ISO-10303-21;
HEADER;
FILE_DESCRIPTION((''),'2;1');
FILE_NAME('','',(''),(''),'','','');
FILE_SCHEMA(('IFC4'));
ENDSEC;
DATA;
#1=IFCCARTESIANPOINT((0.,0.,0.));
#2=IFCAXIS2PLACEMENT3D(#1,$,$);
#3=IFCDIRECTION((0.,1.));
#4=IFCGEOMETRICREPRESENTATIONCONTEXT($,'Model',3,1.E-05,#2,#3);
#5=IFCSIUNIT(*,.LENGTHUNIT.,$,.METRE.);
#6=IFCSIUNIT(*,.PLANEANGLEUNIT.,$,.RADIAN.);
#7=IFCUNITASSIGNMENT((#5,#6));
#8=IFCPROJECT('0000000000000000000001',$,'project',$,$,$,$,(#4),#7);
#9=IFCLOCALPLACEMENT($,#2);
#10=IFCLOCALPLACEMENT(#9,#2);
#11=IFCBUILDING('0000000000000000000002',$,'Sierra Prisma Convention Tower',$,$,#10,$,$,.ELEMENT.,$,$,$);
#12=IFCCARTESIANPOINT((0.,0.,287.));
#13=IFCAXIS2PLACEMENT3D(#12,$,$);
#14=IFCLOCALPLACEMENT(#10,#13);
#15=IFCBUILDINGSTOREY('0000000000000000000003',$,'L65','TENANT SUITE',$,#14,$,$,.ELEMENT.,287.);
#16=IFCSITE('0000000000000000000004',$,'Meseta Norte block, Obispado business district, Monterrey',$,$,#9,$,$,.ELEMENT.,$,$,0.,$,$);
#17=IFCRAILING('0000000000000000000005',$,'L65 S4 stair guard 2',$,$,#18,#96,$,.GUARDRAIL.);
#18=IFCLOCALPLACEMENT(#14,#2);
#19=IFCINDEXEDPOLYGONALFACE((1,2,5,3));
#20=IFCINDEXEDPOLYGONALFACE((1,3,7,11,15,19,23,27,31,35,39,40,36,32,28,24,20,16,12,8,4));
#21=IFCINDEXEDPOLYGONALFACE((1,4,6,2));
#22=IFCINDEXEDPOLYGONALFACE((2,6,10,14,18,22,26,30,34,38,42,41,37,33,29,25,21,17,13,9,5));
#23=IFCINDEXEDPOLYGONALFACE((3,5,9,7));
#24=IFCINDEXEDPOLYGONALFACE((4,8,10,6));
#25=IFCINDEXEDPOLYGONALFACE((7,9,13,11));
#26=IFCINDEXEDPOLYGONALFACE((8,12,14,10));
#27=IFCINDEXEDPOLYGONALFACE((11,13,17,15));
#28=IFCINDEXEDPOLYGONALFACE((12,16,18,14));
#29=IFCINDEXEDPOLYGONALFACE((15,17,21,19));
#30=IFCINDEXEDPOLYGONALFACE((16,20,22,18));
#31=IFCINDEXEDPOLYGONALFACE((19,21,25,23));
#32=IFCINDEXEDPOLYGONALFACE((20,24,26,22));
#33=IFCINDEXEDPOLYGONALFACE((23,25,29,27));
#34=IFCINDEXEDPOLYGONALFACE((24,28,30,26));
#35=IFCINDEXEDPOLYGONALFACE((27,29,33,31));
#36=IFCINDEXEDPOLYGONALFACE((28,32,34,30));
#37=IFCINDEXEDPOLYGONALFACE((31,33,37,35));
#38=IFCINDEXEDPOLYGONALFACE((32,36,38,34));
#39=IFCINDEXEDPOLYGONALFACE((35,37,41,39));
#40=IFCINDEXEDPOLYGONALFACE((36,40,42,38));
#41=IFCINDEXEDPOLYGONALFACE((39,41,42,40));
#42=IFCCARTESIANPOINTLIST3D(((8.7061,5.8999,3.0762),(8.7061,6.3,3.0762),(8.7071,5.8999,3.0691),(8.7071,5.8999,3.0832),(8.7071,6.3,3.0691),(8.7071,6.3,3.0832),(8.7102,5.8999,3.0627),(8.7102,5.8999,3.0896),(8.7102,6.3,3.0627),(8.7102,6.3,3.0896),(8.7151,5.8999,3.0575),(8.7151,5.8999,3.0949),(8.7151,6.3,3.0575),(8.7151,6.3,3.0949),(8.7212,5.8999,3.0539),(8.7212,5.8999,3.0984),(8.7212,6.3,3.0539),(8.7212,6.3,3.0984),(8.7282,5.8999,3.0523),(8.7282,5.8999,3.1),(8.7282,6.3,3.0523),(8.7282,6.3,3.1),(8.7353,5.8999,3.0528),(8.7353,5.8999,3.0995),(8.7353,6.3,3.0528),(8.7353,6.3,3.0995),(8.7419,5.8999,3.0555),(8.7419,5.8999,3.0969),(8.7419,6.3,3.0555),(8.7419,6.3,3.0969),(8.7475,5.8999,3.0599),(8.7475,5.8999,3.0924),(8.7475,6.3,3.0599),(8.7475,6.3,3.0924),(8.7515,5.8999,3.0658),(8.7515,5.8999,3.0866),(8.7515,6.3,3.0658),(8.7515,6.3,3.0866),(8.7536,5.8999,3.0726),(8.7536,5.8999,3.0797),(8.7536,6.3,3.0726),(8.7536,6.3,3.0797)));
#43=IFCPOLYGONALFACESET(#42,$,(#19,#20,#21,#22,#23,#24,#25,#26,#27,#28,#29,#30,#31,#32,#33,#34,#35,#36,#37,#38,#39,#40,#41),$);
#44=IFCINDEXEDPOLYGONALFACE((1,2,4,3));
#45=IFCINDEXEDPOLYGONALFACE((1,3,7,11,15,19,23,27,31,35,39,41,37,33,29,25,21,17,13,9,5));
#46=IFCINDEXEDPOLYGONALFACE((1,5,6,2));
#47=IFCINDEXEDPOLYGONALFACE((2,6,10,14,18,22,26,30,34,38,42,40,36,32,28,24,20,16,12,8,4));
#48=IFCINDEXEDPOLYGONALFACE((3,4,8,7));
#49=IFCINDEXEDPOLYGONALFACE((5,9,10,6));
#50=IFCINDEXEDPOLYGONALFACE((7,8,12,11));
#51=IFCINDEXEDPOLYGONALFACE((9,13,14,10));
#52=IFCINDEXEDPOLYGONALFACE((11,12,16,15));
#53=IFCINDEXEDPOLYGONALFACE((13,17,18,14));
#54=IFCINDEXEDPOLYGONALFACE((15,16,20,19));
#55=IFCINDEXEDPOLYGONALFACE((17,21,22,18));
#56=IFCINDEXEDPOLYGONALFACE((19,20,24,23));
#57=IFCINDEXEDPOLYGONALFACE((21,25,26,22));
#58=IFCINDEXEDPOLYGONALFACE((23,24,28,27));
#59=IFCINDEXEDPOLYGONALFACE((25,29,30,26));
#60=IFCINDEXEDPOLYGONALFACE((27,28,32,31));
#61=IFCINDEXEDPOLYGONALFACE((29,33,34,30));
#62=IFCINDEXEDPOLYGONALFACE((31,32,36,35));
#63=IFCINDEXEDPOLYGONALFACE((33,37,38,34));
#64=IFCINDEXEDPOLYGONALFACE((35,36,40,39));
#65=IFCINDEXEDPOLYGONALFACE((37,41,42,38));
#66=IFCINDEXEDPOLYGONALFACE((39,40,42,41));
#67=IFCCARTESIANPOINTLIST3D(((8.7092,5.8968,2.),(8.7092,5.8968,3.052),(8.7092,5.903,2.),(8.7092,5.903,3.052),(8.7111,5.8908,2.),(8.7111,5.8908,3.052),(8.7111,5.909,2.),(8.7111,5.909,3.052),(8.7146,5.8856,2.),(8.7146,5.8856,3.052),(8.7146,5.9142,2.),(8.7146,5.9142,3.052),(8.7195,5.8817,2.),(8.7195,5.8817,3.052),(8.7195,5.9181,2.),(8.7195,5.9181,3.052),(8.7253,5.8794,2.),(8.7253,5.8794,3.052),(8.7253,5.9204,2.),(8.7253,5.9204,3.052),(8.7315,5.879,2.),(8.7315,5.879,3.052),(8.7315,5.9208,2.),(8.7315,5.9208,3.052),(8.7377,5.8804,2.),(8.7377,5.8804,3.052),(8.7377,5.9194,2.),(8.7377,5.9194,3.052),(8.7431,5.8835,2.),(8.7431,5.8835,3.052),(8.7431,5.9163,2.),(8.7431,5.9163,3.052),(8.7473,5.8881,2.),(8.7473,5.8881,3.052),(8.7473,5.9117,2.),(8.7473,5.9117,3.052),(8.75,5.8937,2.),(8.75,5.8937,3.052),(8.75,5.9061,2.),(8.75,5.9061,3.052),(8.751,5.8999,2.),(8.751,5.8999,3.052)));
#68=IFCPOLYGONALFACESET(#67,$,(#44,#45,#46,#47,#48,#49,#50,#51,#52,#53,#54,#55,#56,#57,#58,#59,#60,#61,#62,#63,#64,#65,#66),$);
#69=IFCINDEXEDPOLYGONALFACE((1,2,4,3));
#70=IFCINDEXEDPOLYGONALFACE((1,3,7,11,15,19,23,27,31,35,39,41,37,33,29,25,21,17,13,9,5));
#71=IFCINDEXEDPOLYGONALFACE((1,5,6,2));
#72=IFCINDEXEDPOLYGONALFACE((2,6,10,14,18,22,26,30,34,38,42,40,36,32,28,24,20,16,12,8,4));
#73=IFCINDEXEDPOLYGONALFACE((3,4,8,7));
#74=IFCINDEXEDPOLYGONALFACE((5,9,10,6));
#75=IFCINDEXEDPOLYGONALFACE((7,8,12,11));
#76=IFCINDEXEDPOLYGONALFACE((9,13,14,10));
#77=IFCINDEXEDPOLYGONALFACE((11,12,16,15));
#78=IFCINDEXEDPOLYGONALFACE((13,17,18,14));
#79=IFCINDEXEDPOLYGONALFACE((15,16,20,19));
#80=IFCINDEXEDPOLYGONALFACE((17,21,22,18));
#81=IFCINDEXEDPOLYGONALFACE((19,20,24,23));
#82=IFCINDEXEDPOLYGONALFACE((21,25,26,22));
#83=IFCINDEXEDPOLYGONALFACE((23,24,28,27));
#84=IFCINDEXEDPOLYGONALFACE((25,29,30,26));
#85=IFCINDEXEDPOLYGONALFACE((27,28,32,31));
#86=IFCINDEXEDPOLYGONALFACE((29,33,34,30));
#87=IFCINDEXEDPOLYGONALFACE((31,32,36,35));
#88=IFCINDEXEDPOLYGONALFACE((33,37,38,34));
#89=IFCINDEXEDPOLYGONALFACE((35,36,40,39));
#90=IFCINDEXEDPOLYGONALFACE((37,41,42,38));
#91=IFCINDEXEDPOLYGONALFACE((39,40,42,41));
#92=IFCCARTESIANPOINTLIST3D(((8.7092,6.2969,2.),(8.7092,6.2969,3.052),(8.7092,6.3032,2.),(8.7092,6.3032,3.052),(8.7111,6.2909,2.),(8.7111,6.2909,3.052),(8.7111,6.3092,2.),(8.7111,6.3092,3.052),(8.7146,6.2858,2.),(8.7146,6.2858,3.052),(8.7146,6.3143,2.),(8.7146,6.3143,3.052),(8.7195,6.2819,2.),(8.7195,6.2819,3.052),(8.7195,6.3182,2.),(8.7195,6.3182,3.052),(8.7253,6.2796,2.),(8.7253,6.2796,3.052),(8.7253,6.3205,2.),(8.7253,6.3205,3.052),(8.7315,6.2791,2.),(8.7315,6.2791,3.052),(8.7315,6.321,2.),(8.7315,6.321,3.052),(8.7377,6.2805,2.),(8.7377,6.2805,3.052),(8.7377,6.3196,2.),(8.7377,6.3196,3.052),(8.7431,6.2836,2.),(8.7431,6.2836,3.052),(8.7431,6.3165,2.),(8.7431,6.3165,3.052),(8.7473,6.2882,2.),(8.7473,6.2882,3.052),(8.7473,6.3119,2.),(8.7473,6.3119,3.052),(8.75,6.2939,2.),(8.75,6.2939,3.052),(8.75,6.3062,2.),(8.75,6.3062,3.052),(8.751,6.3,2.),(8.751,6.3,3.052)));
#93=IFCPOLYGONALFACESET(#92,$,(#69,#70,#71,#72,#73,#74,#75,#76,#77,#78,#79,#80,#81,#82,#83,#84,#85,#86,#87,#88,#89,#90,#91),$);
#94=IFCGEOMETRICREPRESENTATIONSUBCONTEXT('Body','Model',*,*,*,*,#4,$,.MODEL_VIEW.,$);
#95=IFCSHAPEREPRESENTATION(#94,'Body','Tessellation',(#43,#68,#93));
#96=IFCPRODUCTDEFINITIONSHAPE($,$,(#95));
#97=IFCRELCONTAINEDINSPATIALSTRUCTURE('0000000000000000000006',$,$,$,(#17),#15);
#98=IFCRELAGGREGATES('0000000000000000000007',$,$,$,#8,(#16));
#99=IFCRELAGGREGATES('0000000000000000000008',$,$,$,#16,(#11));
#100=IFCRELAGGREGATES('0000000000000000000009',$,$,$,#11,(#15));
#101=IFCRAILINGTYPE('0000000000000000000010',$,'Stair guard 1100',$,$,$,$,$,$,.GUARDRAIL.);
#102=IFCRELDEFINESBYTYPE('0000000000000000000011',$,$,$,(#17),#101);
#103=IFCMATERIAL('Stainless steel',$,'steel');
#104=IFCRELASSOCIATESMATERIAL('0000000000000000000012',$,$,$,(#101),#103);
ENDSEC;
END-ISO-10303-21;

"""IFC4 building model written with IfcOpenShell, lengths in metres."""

from ifc_helpers import new_model, si_unit, direction, frame, origin, origin_2d, place, context, subcontext, project, spatial, circle, extrude, material, type_object, element, save


model = new_model("IFC4")

# Units and contexts
model_context = context("Model", 3, precision=1e-05, world=origin(), true_north=direction((0.0, 1.0)))
body_context = subcontext(model_context, "Body", "Model", "MODEL_VIEW")
ifc_project = project(units=[si_unit("LENGTHUNIT", "METRE"), si_unit("PLANEANGLEUNIT", "RADIAN")], contexts=[model_context])

# Site, building, storey
site_placement = place(None, origin())
site = spatial("IfcSite", under=ifc_project, at=site_placement, Name="Meseta Norte block, Obispado business district, Monterrey", CompositionType="ELEMENT", RefElevation=0.0)
building_placement = place(site_placement, origin())
building = spatial("IfcBuilding", under=site, at=building_placement, Name="Sierra Prisma Convention Tower", CompositionType="ELEMENT")
storey_placement = place(building_placement, frame((0.0, 0.0, 287.0)))
storey = spatial("IfcBuildingStorey", under=building, at=storey_placement, Name="L65", Description="TENANT SUITE", CompositionType="ELEMENT", Elevation=287.0)

# Railing
ifc_material_1 = material(Name="Stainless steel", Category="steel")
railing_type = type_object("IfcRailingType", Name="Stair guard 1100", PredefinedType="GUARDRAIL", material=ifc_material_1)
railing_1_placement = place(storey_placement, frame((8.73, 5.8999, 2.0)))
element("IfcRailing", 1, at=railing_1_placement, inside=storey, type_object=railing_type, Name="L65 S4 stair guard 2", PredefinedType="GUARDRAIL", context=body_context, shape_type="SweptSolid", body=[
    extrude(circle(Radius=0.0239, at=origin_2d()), frame((0.0, 0.0, 1.0762), z_axis=(0.0, 1.0, 0.0), x_axis=(-1.0, 0.0, 0.0)), (0.0, 0.0, 1.0), 0.4001),
    extrude(circle(Radius=0.021, at=origin_2d()), origin(), (0.0, 0.0, 1.0), 1.052),
    extrude(circle(Radius=0.021, at=origin_2d()), frame((0.0, 0.4001, 0.0)), (0.0, 0.0, 1.0), 1.052),
])

save(model, "model.ifc")
